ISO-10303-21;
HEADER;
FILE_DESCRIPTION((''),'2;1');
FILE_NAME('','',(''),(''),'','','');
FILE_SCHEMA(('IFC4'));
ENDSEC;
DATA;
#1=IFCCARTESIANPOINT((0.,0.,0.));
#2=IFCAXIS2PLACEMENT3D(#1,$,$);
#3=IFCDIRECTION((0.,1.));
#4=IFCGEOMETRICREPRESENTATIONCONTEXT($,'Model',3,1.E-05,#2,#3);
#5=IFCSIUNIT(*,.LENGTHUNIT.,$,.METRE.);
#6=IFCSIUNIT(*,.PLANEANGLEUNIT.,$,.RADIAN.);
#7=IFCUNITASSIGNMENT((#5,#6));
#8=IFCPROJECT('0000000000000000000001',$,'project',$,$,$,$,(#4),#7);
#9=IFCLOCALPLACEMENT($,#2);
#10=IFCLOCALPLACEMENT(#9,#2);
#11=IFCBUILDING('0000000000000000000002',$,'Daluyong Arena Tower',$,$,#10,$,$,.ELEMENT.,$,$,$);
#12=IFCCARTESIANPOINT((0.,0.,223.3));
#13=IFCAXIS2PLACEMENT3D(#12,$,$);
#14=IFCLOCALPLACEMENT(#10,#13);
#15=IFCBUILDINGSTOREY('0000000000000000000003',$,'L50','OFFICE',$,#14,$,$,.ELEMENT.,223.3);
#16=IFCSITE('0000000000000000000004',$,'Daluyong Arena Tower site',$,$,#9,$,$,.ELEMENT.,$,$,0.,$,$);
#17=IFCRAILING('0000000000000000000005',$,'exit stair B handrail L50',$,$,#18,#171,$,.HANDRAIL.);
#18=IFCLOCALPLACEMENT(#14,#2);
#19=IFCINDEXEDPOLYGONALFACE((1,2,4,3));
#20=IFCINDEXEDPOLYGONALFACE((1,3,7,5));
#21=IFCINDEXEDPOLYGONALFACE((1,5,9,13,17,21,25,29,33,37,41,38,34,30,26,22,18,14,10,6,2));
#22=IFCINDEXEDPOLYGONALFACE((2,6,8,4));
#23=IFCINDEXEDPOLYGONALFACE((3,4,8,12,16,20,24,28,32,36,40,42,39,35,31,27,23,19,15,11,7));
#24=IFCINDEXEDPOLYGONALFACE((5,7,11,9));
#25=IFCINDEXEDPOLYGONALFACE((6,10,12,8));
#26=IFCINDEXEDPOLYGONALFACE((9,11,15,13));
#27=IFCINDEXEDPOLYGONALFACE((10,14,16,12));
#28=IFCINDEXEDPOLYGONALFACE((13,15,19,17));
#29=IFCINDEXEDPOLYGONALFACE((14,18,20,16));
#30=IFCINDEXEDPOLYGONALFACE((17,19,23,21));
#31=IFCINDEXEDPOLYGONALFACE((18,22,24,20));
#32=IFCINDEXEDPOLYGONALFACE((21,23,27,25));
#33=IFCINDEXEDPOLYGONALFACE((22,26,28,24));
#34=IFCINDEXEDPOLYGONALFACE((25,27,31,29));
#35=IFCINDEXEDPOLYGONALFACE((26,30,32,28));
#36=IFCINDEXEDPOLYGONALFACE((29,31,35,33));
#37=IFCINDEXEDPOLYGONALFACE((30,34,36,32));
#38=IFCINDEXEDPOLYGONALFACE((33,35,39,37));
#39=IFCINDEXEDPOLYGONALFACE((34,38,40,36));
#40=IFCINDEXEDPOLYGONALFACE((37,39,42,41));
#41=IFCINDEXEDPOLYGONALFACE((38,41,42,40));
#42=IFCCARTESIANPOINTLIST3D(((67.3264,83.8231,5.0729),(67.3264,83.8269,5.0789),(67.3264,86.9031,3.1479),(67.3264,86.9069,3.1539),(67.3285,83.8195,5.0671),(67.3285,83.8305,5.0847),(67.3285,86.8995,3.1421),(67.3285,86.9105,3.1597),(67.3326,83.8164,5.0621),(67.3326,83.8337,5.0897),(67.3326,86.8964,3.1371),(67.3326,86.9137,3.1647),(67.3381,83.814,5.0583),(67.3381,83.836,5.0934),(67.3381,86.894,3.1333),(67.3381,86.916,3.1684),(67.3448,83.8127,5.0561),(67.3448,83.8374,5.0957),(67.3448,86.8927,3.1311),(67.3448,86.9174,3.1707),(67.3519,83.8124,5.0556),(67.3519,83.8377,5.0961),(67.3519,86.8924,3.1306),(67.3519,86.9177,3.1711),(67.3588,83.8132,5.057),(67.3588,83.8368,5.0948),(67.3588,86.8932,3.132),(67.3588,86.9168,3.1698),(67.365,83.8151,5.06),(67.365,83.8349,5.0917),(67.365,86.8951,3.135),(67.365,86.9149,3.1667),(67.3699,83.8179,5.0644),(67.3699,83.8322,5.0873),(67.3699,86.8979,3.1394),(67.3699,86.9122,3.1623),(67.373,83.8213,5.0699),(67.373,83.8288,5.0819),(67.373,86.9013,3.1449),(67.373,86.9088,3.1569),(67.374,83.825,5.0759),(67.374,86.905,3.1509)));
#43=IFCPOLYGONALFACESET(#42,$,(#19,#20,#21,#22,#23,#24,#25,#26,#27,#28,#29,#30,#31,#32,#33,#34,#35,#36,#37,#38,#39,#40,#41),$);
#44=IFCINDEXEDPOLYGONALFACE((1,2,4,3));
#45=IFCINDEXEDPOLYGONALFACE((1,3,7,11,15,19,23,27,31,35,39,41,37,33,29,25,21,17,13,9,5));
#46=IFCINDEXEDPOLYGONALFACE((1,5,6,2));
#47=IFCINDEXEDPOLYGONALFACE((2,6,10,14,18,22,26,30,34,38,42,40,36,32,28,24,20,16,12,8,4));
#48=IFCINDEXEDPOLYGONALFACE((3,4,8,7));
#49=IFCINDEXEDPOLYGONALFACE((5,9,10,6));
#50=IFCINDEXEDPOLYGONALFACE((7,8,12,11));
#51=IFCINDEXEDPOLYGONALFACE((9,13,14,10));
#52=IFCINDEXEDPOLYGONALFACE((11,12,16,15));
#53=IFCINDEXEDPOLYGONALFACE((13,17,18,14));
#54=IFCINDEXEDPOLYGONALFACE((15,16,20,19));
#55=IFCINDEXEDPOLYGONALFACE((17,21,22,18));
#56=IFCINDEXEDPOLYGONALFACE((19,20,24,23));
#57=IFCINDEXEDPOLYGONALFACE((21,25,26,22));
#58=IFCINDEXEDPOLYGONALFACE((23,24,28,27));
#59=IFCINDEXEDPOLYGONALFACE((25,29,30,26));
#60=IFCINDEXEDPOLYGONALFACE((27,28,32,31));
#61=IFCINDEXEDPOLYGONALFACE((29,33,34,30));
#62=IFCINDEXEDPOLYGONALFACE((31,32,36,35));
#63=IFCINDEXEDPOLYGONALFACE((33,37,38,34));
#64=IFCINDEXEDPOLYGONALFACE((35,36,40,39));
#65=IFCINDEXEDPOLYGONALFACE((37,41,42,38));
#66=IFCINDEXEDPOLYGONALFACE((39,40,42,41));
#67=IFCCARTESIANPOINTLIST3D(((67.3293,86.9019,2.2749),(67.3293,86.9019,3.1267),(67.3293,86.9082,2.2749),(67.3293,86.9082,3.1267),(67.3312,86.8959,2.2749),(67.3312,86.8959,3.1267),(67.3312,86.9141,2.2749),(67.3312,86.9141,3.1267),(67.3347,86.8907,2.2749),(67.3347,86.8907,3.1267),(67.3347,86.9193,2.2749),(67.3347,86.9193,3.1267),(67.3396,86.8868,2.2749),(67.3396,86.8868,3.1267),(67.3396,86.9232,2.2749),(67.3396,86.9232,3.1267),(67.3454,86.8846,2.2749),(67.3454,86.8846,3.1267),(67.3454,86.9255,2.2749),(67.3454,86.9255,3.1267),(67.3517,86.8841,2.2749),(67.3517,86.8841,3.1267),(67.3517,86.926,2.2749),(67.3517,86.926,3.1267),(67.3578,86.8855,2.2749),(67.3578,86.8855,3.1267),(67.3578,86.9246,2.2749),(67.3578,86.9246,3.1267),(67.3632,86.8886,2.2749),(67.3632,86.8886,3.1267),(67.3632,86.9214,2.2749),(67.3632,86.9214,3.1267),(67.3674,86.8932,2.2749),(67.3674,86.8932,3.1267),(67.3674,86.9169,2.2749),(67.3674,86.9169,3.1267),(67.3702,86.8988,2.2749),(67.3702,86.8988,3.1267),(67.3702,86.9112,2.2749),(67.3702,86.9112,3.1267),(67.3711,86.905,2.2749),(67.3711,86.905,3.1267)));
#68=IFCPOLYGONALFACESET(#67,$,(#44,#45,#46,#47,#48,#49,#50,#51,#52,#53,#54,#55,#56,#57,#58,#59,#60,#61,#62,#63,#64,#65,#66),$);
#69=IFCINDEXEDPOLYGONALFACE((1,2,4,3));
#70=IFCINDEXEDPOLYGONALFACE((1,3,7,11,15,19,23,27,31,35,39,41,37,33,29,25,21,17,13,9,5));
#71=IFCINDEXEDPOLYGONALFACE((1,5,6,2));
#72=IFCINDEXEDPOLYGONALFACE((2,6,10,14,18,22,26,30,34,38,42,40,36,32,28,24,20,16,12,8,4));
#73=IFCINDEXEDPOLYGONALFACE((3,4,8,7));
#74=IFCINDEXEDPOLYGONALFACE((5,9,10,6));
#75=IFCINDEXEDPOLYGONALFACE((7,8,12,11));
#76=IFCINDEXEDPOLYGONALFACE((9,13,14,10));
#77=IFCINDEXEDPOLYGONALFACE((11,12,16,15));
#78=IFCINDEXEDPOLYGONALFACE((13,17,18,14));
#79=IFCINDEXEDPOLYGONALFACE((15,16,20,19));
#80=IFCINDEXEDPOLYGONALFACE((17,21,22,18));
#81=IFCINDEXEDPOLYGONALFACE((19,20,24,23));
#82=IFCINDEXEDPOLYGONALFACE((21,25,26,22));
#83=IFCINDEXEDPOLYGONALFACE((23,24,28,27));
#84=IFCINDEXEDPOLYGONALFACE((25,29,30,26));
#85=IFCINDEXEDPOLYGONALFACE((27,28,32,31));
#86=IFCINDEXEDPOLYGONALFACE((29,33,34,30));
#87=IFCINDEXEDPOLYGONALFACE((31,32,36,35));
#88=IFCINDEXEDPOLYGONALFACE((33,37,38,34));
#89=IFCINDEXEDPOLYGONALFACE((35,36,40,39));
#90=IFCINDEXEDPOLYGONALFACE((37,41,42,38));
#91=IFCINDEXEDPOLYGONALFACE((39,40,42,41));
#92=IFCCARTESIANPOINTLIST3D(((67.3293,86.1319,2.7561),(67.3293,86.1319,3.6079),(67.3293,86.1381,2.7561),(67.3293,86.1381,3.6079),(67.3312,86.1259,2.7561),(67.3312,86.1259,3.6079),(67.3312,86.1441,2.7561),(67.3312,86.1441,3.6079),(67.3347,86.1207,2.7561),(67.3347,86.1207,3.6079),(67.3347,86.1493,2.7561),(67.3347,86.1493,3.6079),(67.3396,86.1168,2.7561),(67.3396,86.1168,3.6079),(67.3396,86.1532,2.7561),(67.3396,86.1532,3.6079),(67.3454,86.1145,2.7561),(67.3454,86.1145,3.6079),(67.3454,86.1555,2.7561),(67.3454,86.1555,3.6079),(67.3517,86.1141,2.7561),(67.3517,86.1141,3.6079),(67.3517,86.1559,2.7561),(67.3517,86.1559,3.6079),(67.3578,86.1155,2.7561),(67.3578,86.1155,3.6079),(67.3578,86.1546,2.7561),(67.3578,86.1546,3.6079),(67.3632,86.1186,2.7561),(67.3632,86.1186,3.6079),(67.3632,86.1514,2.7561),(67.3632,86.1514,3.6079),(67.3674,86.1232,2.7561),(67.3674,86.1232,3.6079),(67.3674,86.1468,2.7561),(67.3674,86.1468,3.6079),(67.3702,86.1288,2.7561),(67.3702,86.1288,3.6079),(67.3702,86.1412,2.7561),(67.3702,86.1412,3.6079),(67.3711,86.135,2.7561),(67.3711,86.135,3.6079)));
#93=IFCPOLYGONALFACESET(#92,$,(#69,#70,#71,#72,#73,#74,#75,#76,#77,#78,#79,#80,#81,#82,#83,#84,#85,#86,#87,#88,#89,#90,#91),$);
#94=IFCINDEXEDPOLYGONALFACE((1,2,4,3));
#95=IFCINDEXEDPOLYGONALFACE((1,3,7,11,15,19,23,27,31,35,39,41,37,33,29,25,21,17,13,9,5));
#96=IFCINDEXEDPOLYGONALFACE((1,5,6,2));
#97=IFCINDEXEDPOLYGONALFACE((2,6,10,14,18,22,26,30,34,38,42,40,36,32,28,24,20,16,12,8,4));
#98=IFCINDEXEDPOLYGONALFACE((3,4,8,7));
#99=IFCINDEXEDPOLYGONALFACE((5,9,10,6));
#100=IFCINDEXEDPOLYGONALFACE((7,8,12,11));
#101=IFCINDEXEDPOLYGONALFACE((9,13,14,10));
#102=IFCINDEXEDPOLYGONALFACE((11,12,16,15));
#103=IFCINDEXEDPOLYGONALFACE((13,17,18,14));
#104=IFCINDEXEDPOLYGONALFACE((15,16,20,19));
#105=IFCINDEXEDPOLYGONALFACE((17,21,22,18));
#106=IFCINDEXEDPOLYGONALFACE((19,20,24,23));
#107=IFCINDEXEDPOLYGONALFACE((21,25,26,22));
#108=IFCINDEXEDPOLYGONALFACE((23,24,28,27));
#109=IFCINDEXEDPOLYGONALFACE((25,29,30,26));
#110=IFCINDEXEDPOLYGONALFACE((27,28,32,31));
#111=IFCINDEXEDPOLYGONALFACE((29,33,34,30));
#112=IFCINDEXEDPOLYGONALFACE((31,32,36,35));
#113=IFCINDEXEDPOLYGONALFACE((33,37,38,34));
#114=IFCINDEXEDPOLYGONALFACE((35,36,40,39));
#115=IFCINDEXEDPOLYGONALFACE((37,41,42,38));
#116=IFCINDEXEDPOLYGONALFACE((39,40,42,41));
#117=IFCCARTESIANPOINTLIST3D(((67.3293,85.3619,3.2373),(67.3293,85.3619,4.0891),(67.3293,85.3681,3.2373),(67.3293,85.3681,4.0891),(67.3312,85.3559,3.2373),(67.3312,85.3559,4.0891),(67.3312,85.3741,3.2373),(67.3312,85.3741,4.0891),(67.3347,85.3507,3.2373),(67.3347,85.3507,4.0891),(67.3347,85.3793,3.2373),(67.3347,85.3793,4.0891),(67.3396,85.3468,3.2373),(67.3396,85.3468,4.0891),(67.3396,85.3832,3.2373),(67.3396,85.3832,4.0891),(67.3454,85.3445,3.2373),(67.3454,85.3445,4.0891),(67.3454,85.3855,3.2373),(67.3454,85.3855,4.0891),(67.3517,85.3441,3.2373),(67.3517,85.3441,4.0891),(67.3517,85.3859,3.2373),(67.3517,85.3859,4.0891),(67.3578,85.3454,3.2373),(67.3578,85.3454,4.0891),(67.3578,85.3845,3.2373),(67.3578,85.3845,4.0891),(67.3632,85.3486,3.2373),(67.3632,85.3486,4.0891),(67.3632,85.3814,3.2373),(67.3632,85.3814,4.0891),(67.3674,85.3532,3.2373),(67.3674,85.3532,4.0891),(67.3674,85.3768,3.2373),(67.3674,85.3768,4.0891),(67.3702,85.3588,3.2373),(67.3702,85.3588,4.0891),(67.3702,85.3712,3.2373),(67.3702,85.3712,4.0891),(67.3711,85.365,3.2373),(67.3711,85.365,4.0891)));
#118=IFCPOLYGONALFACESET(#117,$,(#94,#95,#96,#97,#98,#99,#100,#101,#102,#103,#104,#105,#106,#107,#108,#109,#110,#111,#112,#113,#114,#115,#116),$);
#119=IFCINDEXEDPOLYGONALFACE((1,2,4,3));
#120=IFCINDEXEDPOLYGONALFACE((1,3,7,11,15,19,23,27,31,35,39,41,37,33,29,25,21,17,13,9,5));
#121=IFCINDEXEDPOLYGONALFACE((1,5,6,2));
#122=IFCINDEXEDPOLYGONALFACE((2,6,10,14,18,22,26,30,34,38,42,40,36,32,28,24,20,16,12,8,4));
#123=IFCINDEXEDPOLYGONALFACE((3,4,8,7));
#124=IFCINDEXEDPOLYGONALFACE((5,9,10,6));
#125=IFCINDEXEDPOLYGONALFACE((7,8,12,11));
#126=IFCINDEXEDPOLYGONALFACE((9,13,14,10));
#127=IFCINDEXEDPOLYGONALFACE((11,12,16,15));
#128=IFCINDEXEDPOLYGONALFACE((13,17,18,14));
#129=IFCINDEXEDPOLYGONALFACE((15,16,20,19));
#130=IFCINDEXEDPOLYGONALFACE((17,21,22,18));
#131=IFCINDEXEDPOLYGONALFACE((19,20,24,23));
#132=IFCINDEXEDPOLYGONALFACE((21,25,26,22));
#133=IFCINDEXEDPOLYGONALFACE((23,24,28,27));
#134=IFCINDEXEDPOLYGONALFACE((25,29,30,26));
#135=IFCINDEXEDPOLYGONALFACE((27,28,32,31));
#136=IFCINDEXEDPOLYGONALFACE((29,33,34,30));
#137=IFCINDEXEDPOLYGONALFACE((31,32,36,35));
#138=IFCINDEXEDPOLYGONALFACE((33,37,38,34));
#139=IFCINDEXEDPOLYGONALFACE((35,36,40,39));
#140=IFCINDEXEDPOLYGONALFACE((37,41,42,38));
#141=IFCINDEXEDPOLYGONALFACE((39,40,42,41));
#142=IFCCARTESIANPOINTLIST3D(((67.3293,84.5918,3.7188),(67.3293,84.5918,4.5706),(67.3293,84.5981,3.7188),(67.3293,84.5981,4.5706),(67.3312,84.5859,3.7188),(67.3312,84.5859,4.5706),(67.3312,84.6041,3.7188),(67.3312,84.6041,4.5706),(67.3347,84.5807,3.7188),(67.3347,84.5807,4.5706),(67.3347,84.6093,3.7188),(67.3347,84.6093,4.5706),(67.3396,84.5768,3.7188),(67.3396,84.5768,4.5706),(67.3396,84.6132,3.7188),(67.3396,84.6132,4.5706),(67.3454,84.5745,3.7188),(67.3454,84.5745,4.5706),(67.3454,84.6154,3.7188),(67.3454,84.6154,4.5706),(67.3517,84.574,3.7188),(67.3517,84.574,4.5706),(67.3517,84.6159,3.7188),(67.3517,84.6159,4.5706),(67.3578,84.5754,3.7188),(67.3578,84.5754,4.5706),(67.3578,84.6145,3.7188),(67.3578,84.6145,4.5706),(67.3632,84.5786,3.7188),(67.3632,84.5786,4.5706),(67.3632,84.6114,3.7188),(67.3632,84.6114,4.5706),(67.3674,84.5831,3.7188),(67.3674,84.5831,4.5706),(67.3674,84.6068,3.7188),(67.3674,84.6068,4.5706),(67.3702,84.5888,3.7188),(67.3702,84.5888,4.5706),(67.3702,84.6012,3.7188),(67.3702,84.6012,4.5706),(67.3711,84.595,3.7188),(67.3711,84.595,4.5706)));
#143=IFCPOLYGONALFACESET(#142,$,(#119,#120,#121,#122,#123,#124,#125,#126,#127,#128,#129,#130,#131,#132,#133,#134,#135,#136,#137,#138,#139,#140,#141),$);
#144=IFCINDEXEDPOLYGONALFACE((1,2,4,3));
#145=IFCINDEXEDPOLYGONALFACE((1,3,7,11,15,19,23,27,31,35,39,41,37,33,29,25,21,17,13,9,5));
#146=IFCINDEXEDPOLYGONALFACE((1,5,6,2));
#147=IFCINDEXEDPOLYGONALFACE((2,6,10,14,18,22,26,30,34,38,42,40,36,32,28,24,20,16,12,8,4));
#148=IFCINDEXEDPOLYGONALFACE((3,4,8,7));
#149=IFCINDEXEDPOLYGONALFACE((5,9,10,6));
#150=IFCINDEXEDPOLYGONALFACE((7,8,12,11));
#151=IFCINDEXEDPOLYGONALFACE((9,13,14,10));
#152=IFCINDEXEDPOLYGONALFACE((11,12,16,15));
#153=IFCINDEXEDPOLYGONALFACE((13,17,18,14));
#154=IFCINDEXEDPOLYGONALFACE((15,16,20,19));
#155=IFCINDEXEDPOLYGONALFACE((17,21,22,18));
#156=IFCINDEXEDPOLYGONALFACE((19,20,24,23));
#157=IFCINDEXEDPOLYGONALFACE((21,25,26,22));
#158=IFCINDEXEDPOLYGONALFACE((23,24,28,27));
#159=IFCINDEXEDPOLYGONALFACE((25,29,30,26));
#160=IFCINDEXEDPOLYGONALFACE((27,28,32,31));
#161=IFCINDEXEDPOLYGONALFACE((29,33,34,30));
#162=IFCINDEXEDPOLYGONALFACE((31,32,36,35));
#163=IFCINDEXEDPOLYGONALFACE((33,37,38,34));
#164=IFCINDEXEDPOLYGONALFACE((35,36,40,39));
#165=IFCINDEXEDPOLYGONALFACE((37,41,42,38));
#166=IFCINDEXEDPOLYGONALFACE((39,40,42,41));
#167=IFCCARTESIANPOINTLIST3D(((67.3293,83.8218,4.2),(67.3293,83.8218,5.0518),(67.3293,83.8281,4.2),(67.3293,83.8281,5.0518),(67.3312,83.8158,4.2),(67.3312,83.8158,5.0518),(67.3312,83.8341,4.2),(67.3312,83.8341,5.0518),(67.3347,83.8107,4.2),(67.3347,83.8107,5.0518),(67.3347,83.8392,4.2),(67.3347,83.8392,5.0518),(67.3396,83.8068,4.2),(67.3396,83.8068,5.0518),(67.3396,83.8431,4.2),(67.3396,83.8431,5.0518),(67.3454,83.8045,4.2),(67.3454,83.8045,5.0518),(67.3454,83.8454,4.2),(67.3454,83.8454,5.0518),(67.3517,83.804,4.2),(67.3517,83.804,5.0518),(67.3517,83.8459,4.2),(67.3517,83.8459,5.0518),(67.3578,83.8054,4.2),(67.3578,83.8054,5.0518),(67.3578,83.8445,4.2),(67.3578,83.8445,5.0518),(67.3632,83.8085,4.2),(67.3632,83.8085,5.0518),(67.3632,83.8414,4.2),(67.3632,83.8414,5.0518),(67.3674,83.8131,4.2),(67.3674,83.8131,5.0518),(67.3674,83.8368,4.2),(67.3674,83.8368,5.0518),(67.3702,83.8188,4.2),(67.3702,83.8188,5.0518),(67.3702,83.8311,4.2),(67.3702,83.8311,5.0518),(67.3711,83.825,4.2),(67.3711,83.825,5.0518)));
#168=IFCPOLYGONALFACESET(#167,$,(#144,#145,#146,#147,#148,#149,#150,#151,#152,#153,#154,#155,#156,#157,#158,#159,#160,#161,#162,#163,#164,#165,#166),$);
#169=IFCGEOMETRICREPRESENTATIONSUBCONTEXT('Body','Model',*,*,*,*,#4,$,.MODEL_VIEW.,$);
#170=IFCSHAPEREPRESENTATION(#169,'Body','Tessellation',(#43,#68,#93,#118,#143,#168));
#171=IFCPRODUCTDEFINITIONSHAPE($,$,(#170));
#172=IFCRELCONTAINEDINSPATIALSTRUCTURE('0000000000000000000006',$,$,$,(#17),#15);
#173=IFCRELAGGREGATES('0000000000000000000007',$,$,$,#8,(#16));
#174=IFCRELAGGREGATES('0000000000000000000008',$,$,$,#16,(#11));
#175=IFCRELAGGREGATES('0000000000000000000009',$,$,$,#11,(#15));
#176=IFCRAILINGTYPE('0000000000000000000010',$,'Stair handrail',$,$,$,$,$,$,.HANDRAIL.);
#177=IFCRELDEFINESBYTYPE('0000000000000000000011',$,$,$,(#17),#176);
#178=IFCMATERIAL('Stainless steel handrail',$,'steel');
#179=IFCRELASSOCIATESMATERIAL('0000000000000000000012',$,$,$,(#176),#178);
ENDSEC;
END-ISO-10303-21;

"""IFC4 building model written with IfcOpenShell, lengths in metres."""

from ifc_helpers import new_model, si_unit, direction, frame, origin, origin_2d, place, context, subcontext, project, spatial, circle, extrude, material, type_object, element, save


model = new_model("IFC4")

# Units and contexts
model_context = context("Model", 3, precision=1e-05, world=origin(), true_north=direction((0.0, 1.0)))
body_context = subcontext(model_context, "Body", "Model", "MODEL_VIEW")
ifc_project = project(units=[si_unit("LENGTHUNIT", "METRE"), si_unit("PLANEANGLEUNIT", "RADIAN")], contexts=[model_context])

# Site, building, storey
site_placement = place(None, origin())
site = spatial("IfcSite", under=ifc_project, at=site_placement, Name="Daluyong Arena Tower site", CompositionType="ELEMENT", RefElevation=0.0)
building_placement = place(site_placement, origin())
building = spatial("IfcBuilding", under=site, at=building_placement, Name="Daluyong Arena Tower", CompositionType="ELEMENT")
storey_placement = place(building_placement, frame((0.0, 0.0, 223.3)))
storey = spatial("IfcBuildingStorey", under=building, at=storey_placement, Name="L50", Description="OFFICE", CompositionType="ELEMENT", Elevation=223.3)

# Railing
ifc_material_1 = material(Name="Stainless steel handrail", Category="steel")
railing_type_1 = type_object("IfcRailingType", Name="Stair handrail", PredefinedType="HANDRAIL", material=ifc_material_1)
railing_1_placement = place(storey_placement, frame((67.3501, 86.905, 2.2749)))
element("IfcRailing", 1, at=railing_1_placement, inside=storey, type_object=railing_type_1, Name="exit stair B handrail L50", PredefinedType="HANDRAIL", context=body_context, shape_type="SweptSolid", body=[
    extrude(circle(Radius=0.0239, at=origin_2d()), frame((0.0, 0.0, 0.876), z_axis=(0.0, -0.847998, 0.529999), x_axis=(1.0, 0.0, 0.0)), (0.0, 0.0, 1.0), 3.6321),
    extrude(circle(Radius=0.021, at=origin_2d()), origin(), (0.0, 0.0, 1.0), 0.8518),
    extrude(circle(Radius=0.021, at=origin_2d()), frame((0.0, -0.77, 0.4812)), (0.0, 0.0, 1.0), 0.8518),
    extrude(circle(Radius=0.021, at=origin_2d()), frame((0.0, -1.54, 0.9624)), (0.0, 0.0, 1.0), 0.8518),
    extrude(circle(Radius=0.021, at=origin_2d()), frame((0.0, -2.3101, 1.4438)), (0.0, 0.0, 1.0), 0.8518),
    extrude(circle(Radius=0.021, at=origin_2d()), frame((0.0, -3.0801, 1.925)), (0.0, 0.0, 1.0), 0.8518),
])

save(model, "model.ifc")
